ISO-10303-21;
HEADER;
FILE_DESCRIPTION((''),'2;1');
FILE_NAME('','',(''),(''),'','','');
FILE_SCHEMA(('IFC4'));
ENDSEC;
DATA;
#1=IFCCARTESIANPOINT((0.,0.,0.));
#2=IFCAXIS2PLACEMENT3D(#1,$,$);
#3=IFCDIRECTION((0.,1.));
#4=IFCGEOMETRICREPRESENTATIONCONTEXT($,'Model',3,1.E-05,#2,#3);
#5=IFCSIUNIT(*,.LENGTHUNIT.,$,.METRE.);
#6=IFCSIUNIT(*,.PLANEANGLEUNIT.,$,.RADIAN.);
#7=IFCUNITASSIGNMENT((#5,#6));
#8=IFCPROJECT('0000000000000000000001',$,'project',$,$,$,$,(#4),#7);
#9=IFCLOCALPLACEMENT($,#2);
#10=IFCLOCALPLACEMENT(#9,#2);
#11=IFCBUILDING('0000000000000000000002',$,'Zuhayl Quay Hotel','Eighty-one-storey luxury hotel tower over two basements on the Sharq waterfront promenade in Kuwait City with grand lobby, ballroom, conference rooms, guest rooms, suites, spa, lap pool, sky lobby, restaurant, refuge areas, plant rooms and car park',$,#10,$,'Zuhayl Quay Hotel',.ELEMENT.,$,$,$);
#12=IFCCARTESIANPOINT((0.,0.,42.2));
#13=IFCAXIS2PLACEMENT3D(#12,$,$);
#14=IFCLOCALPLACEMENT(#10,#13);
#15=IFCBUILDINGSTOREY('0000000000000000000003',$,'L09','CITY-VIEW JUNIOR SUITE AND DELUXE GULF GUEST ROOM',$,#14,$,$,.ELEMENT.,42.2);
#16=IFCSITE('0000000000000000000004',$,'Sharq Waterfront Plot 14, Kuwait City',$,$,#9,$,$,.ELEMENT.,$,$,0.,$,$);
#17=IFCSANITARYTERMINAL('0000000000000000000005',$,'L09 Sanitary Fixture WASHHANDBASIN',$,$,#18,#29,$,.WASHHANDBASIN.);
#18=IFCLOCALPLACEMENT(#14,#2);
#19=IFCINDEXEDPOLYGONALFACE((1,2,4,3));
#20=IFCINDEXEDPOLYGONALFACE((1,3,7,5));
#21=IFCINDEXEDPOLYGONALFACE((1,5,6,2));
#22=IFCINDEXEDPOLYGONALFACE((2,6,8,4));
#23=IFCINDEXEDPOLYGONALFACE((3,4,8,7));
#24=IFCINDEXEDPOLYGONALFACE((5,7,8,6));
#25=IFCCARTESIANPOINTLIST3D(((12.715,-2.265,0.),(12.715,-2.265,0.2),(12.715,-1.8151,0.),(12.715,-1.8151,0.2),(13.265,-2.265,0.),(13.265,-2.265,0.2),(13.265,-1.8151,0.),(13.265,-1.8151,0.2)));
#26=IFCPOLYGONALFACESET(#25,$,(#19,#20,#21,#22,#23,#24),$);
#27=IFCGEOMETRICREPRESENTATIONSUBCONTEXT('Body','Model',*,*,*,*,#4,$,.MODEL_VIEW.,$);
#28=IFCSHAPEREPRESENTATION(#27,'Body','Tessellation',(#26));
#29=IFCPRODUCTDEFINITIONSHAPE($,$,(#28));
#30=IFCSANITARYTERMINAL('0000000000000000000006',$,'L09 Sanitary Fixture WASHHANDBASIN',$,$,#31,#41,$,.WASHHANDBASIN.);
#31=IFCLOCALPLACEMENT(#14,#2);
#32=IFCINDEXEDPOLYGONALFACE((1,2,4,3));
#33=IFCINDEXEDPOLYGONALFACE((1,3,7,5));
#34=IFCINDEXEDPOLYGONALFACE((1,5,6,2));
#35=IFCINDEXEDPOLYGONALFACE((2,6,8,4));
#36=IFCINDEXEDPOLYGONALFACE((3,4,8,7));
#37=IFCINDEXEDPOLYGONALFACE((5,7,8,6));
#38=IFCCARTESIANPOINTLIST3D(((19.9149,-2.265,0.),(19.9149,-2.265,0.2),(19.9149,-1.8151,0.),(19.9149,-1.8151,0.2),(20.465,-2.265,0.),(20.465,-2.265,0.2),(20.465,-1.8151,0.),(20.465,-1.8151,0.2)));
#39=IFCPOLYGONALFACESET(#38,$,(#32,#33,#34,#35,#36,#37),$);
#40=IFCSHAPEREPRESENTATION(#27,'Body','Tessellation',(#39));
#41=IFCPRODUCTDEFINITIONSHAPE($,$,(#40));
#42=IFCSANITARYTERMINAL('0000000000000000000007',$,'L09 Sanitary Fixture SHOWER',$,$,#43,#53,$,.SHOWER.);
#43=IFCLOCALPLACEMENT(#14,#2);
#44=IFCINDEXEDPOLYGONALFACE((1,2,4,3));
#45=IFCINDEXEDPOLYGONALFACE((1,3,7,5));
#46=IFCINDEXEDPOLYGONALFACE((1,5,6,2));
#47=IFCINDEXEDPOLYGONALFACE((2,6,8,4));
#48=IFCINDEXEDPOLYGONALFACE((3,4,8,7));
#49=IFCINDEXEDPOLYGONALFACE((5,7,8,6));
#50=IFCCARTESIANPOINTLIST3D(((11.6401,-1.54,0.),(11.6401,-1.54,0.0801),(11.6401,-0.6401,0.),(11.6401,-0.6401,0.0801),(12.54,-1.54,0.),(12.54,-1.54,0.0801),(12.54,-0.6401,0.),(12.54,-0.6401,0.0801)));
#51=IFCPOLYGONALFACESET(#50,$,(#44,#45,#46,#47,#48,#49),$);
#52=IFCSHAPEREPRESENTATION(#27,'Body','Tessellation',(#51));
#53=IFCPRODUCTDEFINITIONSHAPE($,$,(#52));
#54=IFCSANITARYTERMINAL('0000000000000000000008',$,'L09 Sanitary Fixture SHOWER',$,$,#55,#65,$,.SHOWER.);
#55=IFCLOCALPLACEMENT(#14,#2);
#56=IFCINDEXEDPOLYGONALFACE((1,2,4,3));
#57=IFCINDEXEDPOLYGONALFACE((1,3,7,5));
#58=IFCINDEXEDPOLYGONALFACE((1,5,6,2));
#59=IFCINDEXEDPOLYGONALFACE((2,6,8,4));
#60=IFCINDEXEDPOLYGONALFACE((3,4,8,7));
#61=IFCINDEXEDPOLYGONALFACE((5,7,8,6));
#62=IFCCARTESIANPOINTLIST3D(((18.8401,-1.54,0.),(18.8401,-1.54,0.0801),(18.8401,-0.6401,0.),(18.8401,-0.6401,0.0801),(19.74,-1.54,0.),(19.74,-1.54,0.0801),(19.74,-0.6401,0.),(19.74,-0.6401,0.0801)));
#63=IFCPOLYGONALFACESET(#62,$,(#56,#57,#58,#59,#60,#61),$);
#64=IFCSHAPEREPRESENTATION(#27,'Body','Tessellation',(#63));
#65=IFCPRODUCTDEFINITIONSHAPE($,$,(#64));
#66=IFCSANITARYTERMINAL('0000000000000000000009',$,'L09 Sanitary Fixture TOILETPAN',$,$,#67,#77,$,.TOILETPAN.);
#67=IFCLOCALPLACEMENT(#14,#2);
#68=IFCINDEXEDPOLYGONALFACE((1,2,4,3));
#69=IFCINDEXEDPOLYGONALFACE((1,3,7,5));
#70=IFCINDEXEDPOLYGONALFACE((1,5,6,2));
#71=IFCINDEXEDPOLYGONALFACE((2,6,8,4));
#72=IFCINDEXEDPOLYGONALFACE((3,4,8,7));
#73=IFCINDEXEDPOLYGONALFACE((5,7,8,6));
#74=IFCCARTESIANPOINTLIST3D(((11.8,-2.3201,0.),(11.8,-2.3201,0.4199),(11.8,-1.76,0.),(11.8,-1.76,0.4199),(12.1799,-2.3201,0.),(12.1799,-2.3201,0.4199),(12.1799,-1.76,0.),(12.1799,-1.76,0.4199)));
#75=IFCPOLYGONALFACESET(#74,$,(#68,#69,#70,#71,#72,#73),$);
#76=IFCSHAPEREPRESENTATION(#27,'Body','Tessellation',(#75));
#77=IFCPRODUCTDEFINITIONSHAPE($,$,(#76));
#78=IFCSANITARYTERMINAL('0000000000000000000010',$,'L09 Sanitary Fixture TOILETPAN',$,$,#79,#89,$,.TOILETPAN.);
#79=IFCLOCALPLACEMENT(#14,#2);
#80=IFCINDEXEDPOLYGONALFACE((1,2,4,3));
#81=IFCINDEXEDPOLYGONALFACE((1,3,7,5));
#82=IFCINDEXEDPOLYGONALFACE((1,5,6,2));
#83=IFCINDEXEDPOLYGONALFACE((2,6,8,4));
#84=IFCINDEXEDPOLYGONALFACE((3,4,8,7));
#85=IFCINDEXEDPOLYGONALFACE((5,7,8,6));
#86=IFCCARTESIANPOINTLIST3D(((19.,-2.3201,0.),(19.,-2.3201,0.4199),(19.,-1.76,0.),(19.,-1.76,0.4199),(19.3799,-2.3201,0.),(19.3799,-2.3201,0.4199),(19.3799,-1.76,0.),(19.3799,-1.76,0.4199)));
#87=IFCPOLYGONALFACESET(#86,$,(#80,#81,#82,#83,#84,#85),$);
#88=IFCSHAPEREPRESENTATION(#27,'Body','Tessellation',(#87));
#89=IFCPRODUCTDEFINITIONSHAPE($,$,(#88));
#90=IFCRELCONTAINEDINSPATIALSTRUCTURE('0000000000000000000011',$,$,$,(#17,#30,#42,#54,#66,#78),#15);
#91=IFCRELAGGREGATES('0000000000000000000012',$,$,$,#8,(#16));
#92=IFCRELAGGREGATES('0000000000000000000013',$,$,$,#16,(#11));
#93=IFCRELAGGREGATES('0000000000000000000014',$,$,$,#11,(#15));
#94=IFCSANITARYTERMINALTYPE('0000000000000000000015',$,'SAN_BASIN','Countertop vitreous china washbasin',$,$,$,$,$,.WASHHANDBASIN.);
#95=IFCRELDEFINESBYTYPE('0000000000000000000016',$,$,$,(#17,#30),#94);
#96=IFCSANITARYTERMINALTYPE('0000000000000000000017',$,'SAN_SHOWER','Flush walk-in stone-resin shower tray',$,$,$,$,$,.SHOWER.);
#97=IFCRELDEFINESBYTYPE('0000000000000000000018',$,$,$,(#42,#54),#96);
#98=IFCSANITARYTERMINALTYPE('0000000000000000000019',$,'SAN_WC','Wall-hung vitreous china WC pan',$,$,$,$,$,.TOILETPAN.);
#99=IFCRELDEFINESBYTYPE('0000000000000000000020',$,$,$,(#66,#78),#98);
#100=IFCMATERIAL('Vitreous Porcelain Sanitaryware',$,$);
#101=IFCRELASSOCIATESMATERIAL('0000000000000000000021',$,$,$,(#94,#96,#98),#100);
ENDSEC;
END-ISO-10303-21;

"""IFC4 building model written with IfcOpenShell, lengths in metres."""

from ifc_helpers import new_model, si_unit, direction, frame, origin, origin_2d, place, context, subcontext, project, spatial, rectangle, extrude, material, type_object, element, save


model = new_model("IFC4")

# Units and contexts
model_context = context("Model", 3, precision=1e-05, world=origin(), true_north=direction((0.0, 1.0)))
body_context = subcontext(model_context, "Body", "Model", "MODEL_VIEW")
ifc_project = project(units=[si_unit("LENGTHUNIT", "METRE"), si_unit("PLANEANGLEUNIT", "RADIAN")], contexts=[model_context])

# Site, building, storey
site_placement = place(None, origin())
site = spatial("IfcSite", under=ifc_project, at=site_placement, Name="Sharq Waterfront Plot 14, Kuwait City", CompositionType="ELEMENT", RefElevation=0.0)
building_placement = place(site_placement, origin())
building = spatial("IfcBuilding", under=site, at=building_placement, Name="Zuhayl Quay Hotel", Description="Eighty-one-storey luxury hotel tower over two basements on the Sharq waterfront promenade in Kuwait City with grand lobby, ballroom, conference rooms, guest rooms, suites, spa, lap pool, sky lobby, restaurant, refuge areas, plant rooms and car park", LongName="Zuhayl Quay Hotel", CompositionType="ELEMENT")
storey_placement = place(building_placement, frame((0.0, 0.0, 42.2)))
storey = spatial("IfcBuildingStorey", under=building, at=storey_placement, Name="L09", Description="CITY-VIEW JUNIOR SUITE AND DELUXE GULF GUEST ROOM", CompositionType="ELEMENT", Elevation=42.2)

# Sanitary terminals
ifc_material_1 = material(Name="Vitreous Porcelain Sanitaryware")
sanitary_terminal_type_1 = type_object("IfcSanitaryTerminalType", Name="SAN_BASIN", Description="Countertop vitreous china washbasin", PredefinedType="WASHHANDBASIN", material=ifc_material_1)
for number, where, z_axis, x_axis, name in (
    (1, (12.99, -2.04, 0.0), (0.0, 0.0, 1.0), (1.0, 0.0, 0.0), "L09 Sanitary Fixture WASHHANDBASIN"),
    (2, (20.1899, -2.04, 0.0), (0.0, 0.0, 1.0), (1.0, 0.0, 0.0), "L09 Sanitary Fixture WASHHANDBASIN"),
):
    element("IfcSanitaryTerminal", number, at=place(storey_placement, frame(where, z_axis=z_axis, x_axis=x_axis)), inside=storey, type_object=sanitary_terminal_type_1, Name=name, PredefinedType="WASHHANDBASIN", context=body_context, shape_type="SweptSolid", body=[
        extrude(rectangle(XDim=0.55, YDim=0.45, at=origin_2d()), origin(), (0.0, 0.0, 1.0), 0.2),
    ])
sanitary_terminal_type_2 = type_object("IfcSanitaryTerminalType", Name="SAN_SHOWER", Description="Flush walk-in stone-resin shower tray", PredefinedType="SHOWER", material=ifc_material_1)
for number, where, z_axis, x_axis, name in (
    (3, (12.0901, -1.0901, 0.0), (0.0, 0.0, 1.0), (1.0, 0.0, 0.0), "L09 Sanitary Fixture SHOWER"),
    (4, (19.29, -1.0901, 0.0), (0.0, 0.0, 1.0), (1.0, 0.0, 0.0), "L09 Sanitary Fixture SHOWER"),
):
    element("IfcSanitaryTerminal", number, at=place(storey_placement, frame(where, z_axis=z_axis, x_axis=x_axis)), inside=storey, type_object=sanitary_terminal_type_2, Name=name, PredefinedType="SHOWER", context=body_context, shape_type="SweptSolid", body=[
        extrude(rectangle(XDim=0.8999, YDim=0.8999, at=origin_2d()), origin(), (0.0, 0.0, 1.0), 0.0801),
    ])
sanitary_terminal_type_3 = type_object("IfcSanitaryTerminalType", Name="SAN_WC", Description="Wall-hung vitreous china WC pan", PredefinedType="TOILETPAN", material=ifc_material_1)
for number, where, z_axis, x_axis, name in (
    (5, (11.99, -2.04, 0.0), (0.0, 0.0, 1.0), (1.0, 0.0, 0.0), "L09 Sanitary Fixture TOILETPAN"),
    (6, (19.1899, -2.04, 0.0), (0.0, 0.0, 1.0), (1.0, 0.0, 0.0), "L09 Sanitary Fixture TOILETPAN"),
):
    element("IfcSanitaryTerminal", number, at=place(storey_placement, frame(where, z_axis=z_axis, x_axis=x_axis)), inside=storey, type_object=sanitary_terminal_type_3, Name=name, PredefinedType="TOILETPAN", context=body_context, shape_type="SweptSolid", body=[
        extrude(rectangle(XDim=0.3799, YDim=0.5601, at=origin_2d()), origin(), (0.0, 0.0, 1.0), 0.4199),
    ])

save(model, "model.ifc")
